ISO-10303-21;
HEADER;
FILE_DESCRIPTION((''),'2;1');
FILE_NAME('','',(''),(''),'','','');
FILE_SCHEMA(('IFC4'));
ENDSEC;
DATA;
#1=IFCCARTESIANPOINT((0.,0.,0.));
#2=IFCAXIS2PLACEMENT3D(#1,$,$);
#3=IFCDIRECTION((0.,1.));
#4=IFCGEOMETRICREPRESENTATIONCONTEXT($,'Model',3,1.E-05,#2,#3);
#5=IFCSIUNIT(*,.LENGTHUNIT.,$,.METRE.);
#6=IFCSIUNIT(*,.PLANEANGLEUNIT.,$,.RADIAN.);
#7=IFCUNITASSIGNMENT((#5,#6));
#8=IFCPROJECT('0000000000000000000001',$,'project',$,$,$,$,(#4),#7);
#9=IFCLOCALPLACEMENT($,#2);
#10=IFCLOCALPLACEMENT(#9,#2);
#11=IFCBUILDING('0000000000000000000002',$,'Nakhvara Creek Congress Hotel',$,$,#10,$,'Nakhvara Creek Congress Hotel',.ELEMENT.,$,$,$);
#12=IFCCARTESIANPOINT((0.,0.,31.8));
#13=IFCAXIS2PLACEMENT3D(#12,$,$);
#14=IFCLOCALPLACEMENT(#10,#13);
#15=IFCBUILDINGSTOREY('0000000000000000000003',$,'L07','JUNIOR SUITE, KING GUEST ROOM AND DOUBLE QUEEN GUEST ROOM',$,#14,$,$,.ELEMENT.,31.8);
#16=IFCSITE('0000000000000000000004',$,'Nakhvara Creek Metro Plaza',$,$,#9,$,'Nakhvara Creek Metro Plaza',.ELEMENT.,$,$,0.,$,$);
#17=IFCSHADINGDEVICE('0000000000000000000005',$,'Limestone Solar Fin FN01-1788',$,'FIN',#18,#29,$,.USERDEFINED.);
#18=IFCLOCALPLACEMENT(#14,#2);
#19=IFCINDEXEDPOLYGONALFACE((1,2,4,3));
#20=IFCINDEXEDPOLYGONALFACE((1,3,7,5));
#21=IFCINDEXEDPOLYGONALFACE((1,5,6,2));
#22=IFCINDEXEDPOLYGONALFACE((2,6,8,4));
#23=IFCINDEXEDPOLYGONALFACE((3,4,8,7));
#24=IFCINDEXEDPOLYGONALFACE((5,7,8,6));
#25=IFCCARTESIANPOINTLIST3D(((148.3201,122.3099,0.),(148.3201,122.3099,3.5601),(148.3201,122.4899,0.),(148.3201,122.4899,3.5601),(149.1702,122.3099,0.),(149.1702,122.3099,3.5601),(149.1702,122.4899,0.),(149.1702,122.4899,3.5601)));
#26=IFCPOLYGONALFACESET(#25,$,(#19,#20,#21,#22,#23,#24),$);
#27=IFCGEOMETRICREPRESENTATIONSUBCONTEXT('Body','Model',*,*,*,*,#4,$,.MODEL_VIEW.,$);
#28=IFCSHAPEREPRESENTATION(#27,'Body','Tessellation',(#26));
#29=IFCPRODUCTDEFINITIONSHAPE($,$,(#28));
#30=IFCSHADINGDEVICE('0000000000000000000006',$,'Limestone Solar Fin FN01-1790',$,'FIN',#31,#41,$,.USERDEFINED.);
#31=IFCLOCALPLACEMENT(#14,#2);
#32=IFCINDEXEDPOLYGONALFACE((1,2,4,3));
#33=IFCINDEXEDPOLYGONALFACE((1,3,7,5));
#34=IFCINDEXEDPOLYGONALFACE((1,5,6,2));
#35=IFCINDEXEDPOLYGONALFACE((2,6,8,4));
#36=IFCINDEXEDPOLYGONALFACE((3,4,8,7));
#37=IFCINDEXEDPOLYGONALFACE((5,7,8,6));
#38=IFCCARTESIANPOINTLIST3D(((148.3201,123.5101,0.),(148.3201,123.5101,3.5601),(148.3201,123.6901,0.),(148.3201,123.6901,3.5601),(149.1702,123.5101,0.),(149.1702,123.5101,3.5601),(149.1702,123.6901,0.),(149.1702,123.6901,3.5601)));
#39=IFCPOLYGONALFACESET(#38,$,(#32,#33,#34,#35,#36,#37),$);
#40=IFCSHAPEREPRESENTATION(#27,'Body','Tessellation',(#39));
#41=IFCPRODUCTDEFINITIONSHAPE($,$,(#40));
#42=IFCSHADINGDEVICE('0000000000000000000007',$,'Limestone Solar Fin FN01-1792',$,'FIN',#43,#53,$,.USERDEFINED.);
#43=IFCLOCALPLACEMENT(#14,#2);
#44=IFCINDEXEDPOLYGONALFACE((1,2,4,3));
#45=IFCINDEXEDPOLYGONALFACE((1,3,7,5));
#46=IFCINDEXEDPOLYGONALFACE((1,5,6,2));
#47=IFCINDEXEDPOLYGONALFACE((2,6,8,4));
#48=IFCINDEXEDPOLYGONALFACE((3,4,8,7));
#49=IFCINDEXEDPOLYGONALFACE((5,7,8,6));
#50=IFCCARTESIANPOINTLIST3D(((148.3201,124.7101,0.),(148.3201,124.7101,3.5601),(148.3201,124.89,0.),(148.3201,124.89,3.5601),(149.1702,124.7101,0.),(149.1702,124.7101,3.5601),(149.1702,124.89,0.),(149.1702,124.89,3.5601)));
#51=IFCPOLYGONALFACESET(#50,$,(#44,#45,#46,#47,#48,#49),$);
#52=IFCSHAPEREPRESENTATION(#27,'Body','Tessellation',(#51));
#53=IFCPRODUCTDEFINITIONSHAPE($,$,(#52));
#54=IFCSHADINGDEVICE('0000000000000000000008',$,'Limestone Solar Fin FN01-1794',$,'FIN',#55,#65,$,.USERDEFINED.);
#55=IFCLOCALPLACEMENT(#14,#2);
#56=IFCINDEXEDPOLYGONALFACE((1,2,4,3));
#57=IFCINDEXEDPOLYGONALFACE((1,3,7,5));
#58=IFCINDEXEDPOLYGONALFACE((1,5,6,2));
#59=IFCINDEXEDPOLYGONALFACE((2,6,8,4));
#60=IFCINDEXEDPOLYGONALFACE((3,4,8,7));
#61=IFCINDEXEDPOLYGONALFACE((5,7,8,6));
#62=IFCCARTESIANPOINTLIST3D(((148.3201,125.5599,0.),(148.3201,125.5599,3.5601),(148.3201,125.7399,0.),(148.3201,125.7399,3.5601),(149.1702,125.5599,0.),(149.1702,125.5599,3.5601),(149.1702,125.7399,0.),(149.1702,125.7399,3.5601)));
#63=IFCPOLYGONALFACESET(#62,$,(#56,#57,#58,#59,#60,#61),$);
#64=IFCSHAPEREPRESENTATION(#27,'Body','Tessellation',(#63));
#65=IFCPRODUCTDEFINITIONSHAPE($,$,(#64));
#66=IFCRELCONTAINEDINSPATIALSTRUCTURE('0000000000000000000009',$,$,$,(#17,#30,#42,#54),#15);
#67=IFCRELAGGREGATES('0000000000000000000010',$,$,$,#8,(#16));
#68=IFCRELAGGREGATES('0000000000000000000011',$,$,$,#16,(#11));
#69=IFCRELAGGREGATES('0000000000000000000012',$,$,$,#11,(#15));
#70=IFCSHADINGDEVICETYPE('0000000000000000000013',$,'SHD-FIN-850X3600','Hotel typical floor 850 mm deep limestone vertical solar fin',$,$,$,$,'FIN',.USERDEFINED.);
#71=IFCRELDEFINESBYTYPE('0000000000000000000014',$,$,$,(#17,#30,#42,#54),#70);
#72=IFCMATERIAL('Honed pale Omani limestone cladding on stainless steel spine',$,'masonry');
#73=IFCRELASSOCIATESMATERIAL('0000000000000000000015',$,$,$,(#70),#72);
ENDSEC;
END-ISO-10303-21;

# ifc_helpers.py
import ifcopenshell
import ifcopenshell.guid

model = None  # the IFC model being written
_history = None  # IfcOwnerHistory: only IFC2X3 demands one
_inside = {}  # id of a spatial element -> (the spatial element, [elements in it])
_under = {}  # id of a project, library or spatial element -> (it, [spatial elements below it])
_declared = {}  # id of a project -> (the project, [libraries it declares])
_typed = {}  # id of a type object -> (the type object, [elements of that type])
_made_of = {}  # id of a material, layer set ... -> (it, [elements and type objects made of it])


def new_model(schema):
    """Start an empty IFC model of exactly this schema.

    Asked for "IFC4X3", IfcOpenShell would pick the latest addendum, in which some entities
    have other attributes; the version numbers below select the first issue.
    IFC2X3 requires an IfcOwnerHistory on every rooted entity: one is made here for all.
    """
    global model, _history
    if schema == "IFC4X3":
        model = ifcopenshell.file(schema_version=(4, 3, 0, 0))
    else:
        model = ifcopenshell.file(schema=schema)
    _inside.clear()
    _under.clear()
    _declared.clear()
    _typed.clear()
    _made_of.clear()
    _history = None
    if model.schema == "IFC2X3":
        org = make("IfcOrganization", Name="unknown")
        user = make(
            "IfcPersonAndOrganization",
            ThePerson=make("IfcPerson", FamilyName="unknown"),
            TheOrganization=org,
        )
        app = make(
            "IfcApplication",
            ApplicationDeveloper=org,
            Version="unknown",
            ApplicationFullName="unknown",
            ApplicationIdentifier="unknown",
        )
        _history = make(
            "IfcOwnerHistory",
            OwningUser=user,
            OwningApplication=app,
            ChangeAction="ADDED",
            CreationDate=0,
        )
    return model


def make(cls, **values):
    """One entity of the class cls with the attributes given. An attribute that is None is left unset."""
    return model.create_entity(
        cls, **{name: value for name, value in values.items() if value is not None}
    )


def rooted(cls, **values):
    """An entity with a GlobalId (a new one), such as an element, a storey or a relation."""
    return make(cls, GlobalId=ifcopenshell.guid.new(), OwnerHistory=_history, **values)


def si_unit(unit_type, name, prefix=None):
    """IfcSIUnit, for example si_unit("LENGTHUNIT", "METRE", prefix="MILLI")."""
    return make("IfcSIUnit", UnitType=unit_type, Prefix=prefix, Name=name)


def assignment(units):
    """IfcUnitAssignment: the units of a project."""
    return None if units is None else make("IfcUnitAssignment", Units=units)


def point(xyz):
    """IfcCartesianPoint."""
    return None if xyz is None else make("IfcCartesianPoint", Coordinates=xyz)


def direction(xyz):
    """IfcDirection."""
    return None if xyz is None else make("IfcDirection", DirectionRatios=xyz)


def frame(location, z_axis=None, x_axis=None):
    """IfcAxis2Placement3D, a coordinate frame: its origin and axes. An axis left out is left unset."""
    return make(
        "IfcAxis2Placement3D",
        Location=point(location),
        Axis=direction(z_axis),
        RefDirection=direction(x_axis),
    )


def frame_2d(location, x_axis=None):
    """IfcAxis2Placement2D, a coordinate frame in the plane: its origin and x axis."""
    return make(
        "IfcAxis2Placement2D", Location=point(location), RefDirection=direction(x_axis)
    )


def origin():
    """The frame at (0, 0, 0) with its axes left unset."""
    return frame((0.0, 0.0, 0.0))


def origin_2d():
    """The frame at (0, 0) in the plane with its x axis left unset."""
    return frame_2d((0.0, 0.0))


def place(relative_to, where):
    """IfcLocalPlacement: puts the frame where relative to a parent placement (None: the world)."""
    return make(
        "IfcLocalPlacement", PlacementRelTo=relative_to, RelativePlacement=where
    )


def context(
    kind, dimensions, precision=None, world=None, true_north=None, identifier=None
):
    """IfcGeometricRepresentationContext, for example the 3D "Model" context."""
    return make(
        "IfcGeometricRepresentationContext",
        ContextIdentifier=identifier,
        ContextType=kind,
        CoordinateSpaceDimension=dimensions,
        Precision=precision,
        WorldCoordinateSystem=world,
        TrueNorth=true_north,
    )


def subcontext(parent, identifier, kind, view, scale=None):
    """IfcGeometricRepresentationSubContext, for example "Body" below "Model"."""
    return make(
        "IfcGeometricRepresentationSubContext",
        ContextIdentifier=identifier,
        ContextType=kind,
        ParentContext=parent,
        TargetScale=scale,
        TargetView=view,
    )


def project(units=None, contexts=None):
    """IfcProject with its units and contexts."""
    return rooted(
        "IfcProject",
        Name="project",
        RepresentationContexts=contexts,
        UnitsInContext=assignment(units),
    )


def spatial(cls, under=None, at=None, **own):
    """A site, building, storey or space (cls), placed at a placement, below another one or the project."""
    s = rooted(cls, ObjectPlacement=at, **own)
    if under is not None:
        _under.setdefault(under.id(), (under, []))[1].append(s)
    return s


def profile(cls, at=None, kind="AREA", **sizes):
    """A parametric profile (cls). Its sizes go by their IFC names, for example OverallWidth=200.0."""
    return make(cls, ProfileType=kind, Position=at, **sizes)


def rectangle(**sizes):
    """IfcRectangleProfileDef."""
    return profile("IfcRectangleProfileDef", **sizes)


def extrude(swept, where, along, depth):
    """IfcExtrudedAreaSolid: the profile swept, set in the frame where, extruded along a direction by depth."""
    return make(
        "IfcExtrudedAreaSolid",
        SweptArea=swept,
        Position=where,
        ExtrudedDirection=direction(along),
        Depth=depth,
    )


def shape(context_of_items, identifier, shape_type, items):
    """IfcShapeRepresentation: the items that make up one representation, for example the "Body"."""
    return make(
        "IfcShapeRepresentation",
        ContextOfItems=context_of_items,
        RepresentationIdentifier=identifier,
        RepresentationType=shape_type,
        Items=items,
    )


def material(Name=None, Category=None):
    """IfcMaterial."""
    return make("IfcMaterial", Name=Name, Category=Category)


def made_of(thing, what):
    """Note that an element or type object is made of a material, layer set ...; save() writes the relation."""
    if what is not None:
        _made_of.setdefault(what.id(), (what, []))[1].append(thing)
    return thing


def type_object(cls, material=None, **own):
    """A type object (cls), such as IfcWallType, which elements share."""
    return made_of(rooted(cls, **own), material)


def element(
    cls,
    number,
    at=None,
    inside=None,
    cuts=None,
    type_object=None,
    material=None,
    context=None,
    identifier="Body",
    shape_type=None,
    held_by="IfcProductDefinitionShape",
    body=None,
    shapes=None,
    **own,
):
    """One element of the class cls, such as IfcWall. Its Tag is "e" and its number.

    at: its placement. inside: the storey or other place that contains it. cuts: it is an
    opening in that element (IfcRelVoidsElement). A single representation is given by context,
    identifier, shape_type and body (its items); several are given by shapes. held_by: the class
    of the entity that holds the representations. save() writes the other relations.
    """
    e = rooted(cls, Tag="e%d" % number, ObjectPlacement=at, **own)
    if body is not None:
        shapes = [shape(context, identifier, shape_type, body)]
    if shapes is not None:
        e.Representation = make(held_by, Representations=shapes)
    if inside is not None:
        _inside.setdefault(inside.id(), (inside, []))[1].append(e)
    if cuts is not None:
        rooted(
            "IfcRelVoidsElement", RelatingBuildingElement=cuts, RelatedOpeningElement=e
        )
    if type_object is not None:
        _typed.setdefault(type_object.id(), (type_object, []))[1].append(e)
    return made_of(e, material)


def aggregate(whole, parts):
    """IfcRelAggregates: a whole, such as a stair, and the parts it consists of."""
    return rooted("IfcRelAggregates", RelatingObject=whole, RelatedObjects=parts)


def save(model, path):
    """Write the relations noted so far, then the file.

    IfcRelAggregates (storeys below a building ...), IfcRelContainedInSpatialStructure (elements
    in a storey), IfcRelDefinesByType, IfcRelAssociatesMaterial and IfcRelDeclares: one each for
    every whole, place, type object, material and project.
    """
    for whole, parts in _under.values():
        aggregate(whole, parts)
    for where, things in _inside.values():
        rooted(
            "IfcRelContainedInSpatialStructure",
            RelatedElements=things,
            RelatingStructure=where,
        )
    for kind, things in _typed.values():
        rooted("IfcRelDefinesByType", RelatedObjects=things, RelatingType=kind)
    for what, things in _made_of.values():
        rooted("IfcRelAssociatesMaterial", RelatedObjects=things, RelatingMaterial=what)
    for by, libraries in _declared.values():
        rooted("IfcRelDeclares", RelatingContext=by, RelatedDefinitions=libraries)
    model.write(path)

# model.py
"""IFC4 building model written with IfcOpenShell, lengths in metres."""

from ifc_helpers import new_model, si_unit, direction, frame, origin, origin_2d, place, context, subcontext, project, spatial, rectangle, extrude, material, type_object, element, save


model = new_model("IFC4")

# Units and contexts
model_context = context("Model", 3, precision=1e-05, world=origin(), true_north=direction((0.0, 1.0)))
body_context = subcontext(model_context, "Body", "Model", "MODEL_VIEW")
ifc_project = project(units=[si_unit("LENGTHUNIT", "METRE"), si_unit("PLANEANGLEUNIT", "RADIAN")], contexts=[model_context])

# Site, building, storey
site_placement = place(None, origin())
site = spatial("IfcSite", under=ifc_project, at=site_placement, Name="Nakhvara Creek Metro Plaza", LongName="Nakhvara Creek Metro Plaza", CompositionType="ELEMENT", RefElevation=0.0)
building_placement = place(site_placement, origin())
building = spatial("IfcBuilding", under=site, at=building_placement, Name="Nakhvara Creek Congress Hotel", LongName="Nakhvara Creek Congress Hotel", CompositionType="ELEMENT")
storey_placement = place(building_placement, frame((0.0, 0.0, 31.8)))
storey = spatial("IfcBuildingStorey", under=building, at=storey_placement, Name="L07", Description="JUNIOR SUITE, KING GUEST ROOM AND DOUBLE QUEEN GUEST ROOM", CompositionType="ELEMENT", Elevation=31.8)

# Shading devices
ifc_material_1 = material(Name="Honed pale Omani limestone cladding on stainless steel spine", Category="masonry")
shading_device_type = type_object("IfcShadingDeviceType", Name="SHD-FIN-850X3600", Description="Hotel typical floor 850 mm deep limestone vertical solar fin", ElementType="FIN", PredefinedType="USERDEFINED", material=ifc_material_1)
for number, where, z_axis, x_axis, name in (
    (1, (148.7451, 122.3999, 0.0), (0.0, 0.0, 1.0), (0.0, 1.0, 0.0), "Limestone Solar Fin FN01-1788"),
    (2, (148.7451, 123.6001, 0.0), (0.0, 0.0, 1.0), (0.0, 1.0, 0.0), "Limestone Solar Fin FN01-1790"),
    (3, (148.7451, 124.8, 0.0), (0.0, 0.0, 1.0), (0.0, 1.0, 0.0), "Limestone Solar Fin FN01-1792"),
    (4, (148.7451, 125.6499, 0.0), (0.0, 0.0, 1.0), (0.0, 1.0, 0.0), "Limestone Solar Fin FN01-1794"),
):
    element("IfcShadingDevice", number, at=place(storey_placement, frame(where, z_axis=z_axis, x_axis=x_axis)), inside=storey, type_object=shading_device_type, Name=name, ObjectType="FIN", PredefinedType="USERDEFINED", context=body_context, shape_type="SweptSolid", body=[
        extrude(rectangle(XDim=0.1799, YDim=0.8501, at=origin_2d()), origin(), (0.0, 0.0, 1.0), 3.5601),
    ])

save(model, "model.ifc")
